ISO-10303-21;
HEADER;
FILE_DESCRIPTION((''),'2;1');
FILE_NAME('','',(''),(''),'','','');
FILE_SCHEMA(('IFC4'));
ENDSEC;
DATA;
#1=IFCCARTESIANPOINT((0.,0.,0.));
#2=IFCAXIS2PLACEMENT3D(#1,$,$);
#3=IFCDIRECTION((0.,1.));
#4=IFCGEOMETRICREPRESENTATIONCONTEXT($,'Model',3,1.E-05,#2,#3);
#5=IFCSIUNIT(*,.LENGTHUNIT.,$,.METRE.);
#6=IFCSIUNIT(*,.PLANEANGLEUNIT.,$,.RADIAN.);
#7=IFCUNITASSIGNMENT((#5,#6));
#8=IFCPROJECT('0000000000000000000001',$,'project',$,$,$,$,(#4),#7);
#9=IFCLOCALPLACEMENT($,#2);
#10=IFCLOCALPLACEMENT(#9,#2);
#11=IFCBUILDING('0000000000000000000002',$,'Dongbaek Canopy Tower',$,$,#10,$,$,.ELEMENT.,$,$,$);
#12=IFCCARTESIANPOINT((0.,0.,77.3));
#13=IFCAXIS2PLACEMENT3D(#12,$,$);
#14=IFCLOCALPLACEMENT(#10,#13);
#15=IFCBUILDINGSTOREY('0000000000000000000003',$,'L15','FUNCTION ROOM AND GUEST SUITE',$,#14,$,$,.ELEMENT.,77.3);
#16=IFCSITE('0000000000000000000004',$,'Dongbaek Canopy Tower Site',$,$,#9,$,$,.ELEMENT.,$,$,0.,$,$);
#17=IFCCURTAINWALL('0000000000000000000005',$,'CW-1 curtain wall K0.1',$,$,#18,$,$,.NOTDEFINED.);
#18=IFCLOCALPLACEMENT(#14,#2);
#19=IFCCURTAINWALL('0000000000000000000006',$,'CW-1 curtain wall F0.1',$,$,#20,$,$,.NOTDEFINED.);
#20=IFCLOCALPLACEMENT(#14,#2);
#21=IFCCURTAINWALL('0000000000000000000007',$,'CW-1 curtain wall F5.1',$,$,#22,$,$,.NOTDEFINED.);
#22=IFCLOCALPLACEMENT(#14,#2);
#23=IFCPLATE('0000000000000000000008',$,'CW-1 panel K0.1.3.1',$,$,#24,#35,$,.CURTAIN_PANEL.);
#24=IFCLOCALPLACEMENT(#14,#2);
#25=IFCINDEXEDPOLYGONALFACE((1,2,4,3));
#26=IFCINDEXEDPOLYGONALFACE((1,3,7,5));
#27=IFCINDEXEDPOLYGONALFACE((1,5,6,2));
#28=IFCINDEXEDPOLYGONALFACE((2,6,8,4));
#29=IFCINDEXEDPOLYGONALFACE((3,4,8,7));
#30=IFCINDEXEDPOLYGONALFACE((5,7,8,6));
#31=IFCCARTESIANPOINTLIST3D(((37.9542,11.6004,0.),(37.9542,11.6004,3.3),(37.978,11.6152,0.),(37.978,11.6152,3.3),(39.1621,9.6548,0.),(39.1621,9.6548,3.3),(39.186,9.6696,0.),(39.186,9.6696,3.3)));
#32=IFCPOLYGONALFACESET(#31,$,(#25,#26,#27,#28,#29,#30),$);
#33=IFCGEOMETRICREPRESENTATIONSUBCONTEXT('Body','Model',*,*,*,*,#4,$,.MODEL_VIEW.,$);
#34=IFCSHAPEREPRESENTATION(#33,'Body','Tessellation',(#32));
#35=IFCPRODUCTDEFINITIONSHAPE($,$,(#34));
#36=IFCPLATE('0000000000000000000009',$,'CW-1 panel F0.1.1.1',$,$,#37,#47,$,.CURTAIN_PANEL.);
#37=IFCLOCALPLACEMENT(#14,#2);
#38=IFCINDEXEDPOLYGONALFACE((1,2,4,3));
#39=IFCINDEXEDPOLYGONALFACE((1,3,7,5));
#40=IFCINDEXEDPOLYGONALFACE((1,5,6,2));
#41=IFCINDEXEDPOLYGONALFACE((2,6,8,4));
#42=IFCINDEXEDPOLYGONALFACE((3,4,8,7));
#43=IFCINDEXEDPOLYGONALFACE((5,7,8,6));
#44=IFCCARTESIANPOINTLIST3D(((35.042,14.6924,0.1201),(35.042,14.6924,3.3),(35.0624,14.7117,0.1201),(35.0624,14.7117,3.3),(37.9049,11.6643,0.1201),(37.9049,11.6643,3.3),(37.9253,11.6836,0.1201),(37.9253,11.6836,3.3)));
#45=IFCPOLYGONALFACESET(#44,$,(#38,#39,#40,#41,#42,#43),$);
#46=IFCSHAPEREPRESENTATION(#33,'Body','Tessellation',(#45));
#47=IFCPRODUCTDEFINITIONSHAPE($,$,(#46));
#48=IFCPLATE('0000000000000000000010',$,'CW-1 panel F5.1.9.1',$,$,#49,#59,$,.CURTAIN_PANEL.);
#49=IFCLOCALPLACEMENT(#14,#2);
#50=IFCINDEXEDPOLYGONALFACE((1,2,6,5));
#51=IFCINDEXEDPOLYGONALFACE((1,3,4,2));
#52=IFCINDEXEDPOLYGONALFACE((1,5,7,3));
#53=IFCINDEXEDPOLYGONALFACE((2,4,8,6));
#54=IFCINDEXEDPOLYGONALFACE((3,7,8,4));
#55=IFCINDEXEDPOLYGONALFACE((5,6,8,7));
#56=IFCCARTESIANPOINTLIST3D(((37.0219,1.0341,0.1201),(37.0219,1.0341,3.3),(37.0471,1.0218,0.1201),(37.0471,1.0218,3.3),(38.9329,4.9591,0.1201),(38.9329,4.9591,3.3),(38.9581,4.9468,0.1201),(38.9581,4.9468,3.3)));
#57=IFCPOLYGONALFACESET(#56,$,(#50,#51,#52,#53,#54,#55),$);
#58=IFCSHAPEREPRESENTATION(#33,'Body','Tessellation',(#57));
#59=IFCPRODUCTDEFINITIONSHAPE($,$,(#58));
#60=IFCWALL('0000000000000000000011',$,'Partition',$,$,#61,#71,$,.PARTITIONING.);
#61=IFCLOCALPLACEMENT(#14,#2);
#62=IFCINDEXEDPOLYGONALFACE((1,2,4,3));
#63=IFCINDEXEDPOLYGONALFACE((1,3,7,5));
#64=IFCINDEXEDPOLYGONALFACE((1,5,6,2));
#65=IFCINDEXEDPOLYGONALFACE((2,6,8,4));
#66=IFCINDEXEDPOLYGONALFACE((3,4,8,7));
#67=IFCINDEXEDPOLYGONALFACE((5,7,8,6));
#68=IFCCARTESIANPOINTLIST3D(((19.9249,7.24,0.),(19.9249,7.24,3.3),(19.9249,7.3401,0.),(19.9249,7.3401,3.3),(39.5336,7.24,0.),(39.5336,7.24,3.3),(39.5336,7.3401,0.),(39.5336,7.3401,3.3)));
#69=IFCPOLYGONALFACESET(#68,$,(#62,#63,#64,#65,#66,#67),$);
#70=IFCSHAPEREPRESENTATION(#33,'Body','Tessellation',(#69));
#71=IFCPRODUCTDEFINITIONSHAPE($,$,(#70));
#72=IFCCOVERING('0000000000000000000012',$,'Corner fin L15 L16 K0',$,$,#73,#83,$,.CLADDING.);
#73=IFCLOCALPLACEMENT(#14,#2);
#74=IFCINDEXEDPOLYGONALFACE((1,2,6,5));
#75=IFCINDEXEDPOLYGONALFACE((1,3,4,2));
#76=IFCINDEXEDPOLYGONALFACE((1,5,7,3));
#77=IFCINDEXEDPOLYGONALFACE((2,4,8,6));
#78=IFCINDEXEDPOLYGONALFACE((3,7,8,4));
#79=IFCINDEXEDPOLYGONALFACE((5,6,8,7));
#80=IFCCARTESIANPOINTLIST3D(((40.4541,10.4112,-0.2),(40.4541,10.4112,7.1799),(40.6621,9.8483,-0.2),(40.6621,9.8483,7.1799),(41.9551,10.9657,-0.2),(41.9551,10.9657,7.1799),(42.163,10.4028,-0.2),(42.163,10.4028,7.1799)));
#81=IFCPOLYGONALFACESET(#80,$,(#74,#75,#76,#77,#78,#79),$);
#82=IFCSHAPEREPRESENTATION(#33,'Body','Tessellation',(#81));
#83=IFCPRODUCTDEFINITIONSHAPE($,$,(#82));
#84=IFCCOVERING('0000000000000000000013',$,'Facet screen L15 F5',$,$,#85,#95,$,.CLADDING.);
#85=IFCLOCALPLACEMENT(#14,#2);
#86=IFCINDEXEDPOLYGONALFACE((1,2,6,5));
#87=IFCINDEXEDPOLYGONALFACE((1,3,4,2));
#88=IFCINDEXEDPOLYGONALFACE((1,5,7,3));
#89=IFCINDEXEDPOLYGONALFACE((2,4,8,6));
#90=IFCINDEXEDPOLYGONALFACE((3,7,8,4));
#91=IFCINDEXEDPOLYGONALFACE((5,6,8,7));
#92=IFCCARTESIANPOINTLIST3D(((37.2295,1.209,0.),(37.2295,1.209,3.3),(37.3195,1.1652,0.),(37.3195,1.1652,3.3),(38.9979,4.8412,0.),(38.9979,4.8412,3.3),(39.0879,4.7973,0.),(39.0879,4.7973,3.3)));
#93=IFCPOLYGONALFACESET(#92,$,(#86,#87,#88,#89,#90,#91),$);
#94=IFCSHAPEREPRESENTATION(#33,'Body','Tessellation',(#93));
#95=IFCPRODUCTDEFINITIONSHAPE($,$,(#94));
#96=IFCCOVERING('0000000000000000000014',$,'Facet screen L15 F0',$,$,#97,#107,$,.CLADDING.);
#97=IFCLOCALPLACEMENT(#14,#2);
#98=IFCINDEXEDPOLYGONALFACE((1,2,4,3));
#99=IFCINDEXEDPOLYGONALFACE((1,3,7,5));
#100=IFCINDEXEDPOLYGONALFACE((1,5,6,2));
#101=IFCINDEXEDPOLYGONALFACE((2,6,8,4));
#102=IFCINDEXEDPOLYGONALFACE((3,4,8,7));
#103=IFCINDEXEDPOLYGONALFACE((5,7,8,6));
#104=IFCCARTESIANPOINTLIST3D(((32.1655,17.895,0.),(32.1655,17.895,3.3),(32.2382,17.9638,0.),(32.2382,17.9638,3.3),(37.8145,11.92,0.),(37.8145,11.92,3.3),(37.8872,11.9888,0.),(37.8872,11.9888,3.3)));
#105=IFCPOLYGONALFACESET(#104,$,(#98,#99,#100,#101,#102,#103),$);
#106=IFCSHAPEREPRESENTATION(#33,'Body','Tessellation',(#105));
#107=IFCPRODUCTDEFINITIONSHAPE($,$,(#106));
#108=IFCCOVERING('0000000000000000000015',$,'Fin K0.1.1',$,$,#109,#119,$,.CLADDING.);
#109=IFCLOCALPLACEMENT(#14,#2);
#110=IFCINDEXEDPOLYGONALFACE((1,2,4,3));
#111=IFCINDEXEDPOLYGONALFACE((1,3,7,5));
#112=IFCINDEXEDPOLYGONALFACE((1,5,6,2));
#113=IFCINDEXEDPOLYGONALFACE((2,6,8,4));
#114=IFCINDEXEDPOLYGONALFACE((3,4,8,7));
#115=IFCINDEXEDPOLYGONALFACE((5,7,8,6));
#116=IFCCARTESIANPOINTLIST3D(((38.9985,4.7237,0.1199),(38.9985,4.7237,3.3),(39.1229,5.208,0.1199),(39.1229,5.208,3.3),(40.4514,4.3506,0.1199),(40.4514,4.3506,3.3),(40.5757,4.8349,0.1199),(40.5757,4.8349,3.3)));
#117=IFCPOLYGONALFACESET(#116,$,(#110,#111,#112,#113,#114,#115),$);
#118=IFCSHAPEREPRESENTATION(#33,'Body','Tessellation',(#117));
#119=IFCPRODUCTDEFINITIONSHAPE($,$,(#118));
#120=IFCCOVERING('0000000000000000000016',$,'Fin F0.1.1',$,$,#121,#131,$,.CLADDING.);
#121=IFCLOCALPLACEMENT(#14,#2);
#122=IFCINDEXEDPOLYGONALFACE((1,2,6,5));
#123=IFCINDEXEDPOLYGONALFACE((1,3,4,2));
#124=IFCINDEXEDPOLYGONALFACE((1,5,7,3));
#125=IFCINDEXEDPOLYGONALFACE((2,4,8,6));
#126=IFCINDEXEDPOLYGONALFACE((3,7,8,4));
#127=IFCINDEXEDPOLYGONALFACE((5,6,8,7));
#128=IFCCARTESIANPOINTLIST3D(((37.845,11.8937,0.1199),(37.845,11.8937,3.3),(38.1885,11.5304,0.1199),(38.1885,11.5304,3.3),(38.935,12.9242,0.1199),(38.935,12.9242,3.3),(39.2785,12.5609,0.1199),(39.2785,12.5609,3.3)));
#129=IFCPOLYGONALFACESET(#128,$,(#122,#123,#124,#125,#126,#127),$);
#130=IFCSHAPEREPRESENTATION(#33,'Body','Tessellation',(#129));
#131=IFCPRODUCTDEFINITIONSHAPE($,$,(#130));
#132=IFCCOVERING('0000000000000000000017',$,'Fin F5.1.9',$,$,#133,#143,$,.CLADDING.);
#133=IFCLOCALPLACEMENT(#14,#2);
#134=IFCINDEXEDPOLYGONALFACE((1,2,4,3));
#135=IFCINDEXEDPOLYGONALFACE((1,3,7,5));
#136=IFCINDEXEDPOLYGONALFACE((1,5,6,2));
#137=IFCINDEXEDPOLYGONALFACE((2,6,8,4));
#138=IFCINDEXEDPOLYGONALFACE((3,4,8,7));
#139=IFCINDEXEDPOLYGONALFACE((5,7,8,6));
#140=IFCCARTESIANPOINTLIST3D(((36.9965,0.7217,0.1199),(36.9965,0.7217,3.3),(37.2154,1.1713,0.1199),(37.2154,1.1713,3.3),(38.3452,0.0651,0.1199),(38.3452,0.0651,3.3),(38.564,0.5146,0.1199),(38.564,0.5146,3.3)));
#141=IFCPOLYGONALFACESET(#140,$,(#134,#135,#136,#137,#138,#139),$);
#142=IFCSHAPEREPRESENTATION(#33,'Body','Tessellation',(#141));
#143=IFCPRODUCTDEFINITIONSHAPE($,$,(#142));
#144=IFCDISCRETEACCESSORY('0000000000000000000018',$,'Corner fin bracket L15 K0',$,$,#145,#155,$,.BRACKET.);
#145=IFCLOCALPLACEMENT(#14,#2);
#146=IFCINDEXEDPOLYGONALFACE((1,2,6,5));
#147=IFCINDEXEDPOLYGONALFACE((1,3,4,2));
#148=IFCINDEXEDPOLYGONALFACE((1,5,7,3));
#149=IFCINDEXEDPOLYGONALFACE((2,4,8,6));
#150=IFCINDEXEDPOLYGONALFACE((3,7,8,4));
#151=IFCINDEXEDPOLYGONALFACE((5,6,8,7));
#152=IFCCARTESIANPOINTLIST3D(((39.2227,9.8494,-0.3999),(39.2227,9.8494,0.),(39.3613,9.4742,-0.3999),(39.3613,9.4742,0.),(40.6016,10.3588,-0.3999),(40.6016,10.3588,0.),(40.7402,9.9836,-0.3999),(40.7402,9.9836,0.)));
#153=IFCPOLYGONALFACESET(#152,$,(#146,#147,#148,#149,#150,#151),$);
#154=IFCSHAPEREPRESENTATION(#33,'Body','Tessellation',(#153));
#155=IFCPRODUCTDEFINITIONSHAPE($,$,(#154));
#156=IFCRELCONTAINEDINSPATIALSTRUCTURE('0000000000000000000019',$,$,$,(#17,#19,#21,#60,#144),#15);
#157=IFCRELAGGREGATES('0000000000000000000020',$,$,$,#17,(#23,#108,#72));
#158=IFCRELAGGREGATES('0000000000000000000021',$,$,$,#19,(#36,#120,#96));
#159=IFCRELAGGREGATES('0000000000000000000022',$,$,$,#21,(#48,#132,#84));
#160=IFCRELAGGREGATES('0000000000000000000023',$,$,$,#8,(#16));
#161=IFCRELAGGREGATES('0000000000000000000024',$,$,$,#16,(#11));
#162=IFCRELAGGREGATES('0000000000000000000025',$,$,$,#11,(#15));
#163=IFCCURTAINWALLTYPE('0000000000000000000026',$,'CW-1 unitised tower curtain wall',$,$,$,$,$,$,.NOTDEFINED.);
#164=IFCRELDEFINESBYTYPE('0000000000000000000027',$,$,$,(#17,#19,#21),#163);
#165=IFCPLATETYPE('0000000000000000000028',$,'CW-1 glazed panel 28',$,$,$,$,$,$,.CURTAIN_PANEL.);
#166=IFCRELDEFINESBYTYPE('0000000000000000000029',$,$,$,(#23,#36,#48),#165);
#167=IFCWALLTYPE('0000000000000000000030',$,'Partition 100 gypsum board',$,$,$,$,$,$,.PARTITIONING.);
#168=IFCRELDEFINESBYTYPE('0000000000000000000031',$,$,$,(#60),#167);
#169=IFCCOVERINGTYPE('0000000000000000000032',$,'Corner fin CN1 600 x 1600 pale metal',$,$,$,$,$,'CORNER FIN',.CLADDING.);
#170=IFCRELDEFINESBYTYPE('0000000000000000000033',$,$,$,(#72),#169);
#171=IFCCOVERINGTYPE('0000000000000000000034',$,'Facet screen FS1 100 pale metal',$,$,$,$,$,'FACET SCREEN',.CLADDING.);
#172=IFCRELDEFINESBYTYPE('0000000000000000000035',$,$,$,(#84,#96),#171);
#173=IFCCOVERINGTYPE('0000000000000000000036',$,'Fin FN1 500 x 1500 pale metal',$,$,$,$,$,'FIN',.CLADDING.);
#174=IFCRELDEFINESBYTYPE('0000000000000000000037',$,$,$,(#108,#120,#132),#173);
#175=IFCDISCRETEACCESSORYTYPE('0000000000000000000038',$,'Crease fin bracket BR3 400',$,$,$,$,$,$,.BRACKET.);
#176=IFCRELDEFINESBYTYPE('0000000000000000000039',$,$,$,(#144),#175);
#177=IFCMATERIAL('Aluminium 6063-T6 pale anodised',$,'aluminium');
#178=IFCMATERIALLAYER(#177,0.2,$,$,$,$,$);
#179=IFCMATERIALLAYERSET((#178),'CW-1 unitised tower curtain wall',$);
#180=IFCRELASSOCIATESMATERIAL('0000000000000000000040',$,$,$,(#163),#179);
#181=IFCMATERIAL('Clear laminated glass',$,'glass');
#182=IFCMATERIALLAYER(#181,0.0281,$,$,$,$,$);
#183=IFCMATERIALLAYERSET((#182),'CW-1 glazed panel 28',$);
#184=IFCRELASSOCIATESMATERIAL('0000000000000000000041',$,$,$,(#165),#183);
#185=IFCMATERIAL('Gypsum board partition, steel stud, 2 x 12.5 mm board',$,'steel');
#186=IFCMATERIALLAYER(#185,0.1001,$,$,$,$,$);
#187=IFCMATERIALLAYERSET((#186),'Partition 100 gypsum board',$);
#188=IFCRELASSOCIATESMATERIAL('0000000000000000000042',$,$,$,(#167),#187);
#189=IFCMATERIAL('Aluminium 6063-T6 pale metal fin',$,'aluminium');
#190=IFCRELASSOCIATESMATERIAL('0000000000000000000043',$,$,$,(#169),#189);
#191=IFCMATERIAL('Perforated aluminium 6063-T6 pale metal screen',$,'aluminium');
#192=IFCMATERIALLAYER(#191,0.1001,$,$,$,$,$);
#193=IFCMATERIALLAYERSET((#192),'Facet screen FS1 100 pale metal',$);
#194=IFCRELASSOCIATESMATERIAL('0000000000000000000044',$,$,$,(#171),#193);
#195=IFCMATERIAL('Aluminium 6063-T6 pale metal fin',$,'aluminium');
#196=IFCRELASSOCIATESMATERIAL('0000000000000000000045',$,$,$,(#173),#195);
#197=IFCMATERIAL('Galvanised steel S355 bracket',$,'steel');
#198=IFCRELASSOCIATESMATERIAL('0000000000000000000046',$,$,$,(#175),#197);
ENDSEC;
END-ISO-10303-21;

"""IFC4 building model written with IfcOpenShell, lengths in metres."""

from ifc_helpers import new_model, si_unit, direction, frame, frame_2d, origin, origin_2d, place, context, subcontext, project, spatial, rectangle, extrude, material, layer, layer_set, material_profile, profile_set, type_object, element, aggregate, save


model = new_model("IFC4")

# Units and contexts
model_context = context("Model", 3, precision=1e-05, world=origin(), true_north=direction((0.0, 1.0)))
body_context = subcontext(model_context, "Body", "Model", "MODEL_VIEW")
ifc_project = project(units=[si_unit("LENGTHUNIT", "METRE"), si_unit("PLANEANGLEUNIT", "RADIAN")], contexts=[model_context])

# Site, building, storey
site_placement = place(None, origin())
site = spatial("IfcSite", under=ifc_project, at=site_placement, Name="Dongbaek Canopy Tower Site", CompositionType="ELEMENT", RefElevation=0.0)
building_placement = place(site_placement, origin())
building = spatial("IfcBuilding", under=site, at=building_placement, Name="Dongbaek Canopy Tower", CompositionType="ELEMENT")
storey_placement = place(building_placement, frame((0.0, 0.0, 77.3)))
storey = spatial("IfcBuildingStorey", under=building, at=storey_placement, Name="L15", Description="FUNCTION ROOM AND GUEST SUITE", CompositionType="ELEMENT", Elevation=77.3)

# Curtain wall
ifc_material_1 = material(Name="Aluminium 6063-T6 pale anodised", Category="aluminium")
ifc_layer_1 = layer(ifc_material_1, 0.2)
ifc_layer_set_1 = layer_set([ifc_layer_1], Name="CW-1 unitised tower curtain wall")
curtain_wall_type = type_object("IfcCurtainWallType", Name="CW-1 unitised tower curtain wall", PredefinedType="NOTDEFINED", material=ifc_layer_set_1)
curtain_wall_1_placement = place(storey_placement, origin())
curtain_wall_1 = element("IfcCurtainWall", 1, at=curtain_wall_1_placement, inside=storey, type_object=curtain_wall_type, Name="CW-1 curtain wall K0.1", PredefinedType="NOTDEFINED")

# Curtain walls
curtain_wall_2_placement = place(storey_placement, origin())
curtain_wall_2 = element("IfcCurtainWall", 2, at=curtain_wall_2_placement, inside=storey, type_object=curtain_wall_type, Name="CW-1 curtain wall F0.1", PredefinedType="NOTDEFINED")
curtain_wall_3_placement = place(storey_placement, origin())
curtain_wall_3 = element("IfcCurtainWall", 3, at=curtain_wall_3_placement, inside=storey, type_object=curtain_wall_type, Name="CW-1 curtain wall F5.1", PredefinedType="NOTDEFINED")

# Plates
ifc_material_2 = material(Name="Clear laminated glass", Category="glass")
ifc_layer_2 = layer(ifc_material_2, 0.0281)
ifc_layer_set_2 = layer_set([ifc_layer_2], Name="CW-1 glazed panel 28")
plate_type = type_object("IfcPlateType", Name="CW-1 glazed panel 28", PredefinedType="CURTAIN_PANEL", material=ifc_layer_set_2)
plate_1_placement = place(storey_placement, frame((38.5701, 10.635, 0.0), z_axis=(0.0, 0.0, 1.0), x_axis=(-0.527466, 0.849576, 0.0)))
plate_1 = element("IfcPlate", 4, at=plate_1_placement, type_object=plate_type, Name="CW-1 panel K0.1.3.1", PredefinedType="CURTAIN_PANEL", context=body_context, shape_type="SweptSolid", body=[
    extrude(rectangle(XDim=2.29, YDim=0.0281, at=origin_2d()), origin(), (0.0, 0.0, 1.0), 3.3),
])
plate_2_placement = place(storey_placement, frame((36.4836, 13.188, 0.1201), z_axis=(0.0, 0.0, 1.0), x_axis=(-0.687005, 0.726653, 0.0)))
plate_2 = element("IfcPlate", 5, at=plate_2_placement, type_object=plate_type, Name="CW-1 panel F0.1.1.1", PredefinedType="CURTAIN_PANEL", context=body_context, shape_type="SweptSolid", body=[
    extrude(rectangle(XDim=4.1672, YDim=0.0281, at=origin_2d()), origin(), (0.0, 0.0, 1.0), 3.1799),
])
plate_3_placement = place(storey_placement, frame((37.99, 2.9905, 0.1201), z_axis=(0.0, 0.0, 1.0), x_axis=(0.437759, 0.899092, 0.0)))
plate_3 = element("IfcPlate", 6, at=plate_3_placement, type_object=plate_type, Name="CW-1 panel F5.1.9.1", PredefinedType="CURTAIN_PANEL", context=body_context, shape_type="SweptSolid", body=[
    extrude(rectangle(XDim=4.3655, YDim=0.0281, at=origin_2d()), origin(), (0.0, 0.0, 1.0), 3.1799),
])

# Wall
ifc_material_3 = material(Name="Gypsum board partition, steel stud, 2 x 12.5 mm board", Category="steel")
ifc_layer_3 = layer(ifc_material_3, 0.1001)
ifc_layer_set_3 = layer_set([ifc_layer_3], Name="Partition 100 gypsum board")
wall_type = type_object("IfcWallType", Name="Partition 100 gypsum board", PredefinedType="PARTITIONING", material=ifc_layer_set_3)
wall_placement = place(storey_placement, frame((19.925, 7.29, 0.0), z_axis=(0.0, 0.0, 1.0), x_axis=(1.0, 0.0, 0.0)))
element("IfcWall", 7, at=wall_placement, inside=storey, type_object=wall_type, Name="Partition", PredefinedType="PARTITIONING", context=body_context, shape_type="SweptSolid", body=[
    extrude(rectangle(XDim=19.6086, YDim=0.1001, at=frame_2d((9.8042, 0.0))), origin(), (0.0, 0.0, 1.0), 3.3),
])

# Coverings
ifc_material_4 = material(Name="Aluminium 6063-T6 pale metal fin", Category="aluminium")
ifc_material_profile_1 = material_profile(ifc_material_4, rectangle(XDim=1.6001, YDim=0.6001, at=origin_2d()), Name="Corner fin CN1 600 x 1600 pale metal")
ifc_profile_set_1 = profile_set([ifc_material_profile_1], Name="Aluminium 6063-T6 pale metal fin")
covering_type_1 = type_object("IfcCoveringType", Name="Corner fin CN1 600 x 1600 pale metal", ElementType="CORNER FIN", PredefinedType="CLADDING", material=ifc_profile_set_1)
covering_1_placement = place(storey_placement, frame((41.3086, 10.407, -0.2), z_axis=(0.0, 0.0, 1.0), x_axis=(0.938038, 0.346531, 0.0)))
covering_1 = element("IfcCovering", 8, at=covering_1_placement, type_object=covering_type_1, Name="Corner fin L15 L16 K0", PredefinedType="CLADDING", context=body_context, shape_type="SweptSolid", body=[
    extrude(rectangle(XDim=1.6001, YDim=0.6001, at=origin_2d()), origin(), (0.0, 0.0, 1.0), 7.3799),
])
ifc_material_5 = material(Name="Perforated aluminium 6063-T6 pale metal screen", Category="aluminium")
ifc_layer_4 = layer(ifc_material_5, 0.1001)
ifc_layer_set_4 = layer_set([ifc_layer_4], Name="Facet screen FS1 100 pale metal")
covering_type_2 = type_object("IfcCoveringType", Name="Facet screen FS1 100 pale metal", ElementType="FACET SCREEN", PredefinedType="CLADDING", material=ifc_layer_set_4)
covering_2_placement = place(storey_placement, frame((38.1587, 3.0032, 0.0), z_axis=(0.0, 0.0, 1.0), x_axis=(0.437759, 0.899092, 0.0)))
covering_2 = element("IfcCovering", 9, at=covering_2_placement, type_object=covering_type_2, Name="Facet screen L15 F5", PredefinedType="CLADDING", context=body_context, shape_type="SweptSolid", body=[
    extrude(rectangle(XDim=4.0398, YDim=0.1001, at=origin_2d()), origin(), (0.0, 0.0, 1.0), 3.3),
])
covering_3_placement = place(storey_placement, frame((35.0264, 14.9419, 0.0), z_axis=(0.0, 0.0, 1.0), x_axis=(-0.687005, 0.726653, 0.0)))
covering_3 = element("IfcCovering", 10, at=covering_3_placement, type_object=covering_type_2, Name="Facet screen L15 F0", PredefinedType="CLADDING", context=body_context, shape_type="SweptSolid", body=[
    extrude(rectangle(XDim=8.2227, YDim=0.1001, at=origin_2d()), origin(), (0.0, 0.0, 1.0), 3.3),
])
ifc_material_6 = material(Name="Aluminium 6063-T6 pale metal fin", Category="aluminium")
ifc_material_profile_2 = material_profile(ifc_material_6, rectangle(XDim=1.5, YDim=0.5, at=origin_2d()), Name="Fin FN1 500 x 1500 pale metal")
ifc_profile_set_2 = profile_set([ifc_material_profile_2], Name="Aluminium 6063-T6 pale metal fin")
covering_type_3 = type_object("IfcCoveringType", Name="Fin FN1 500 x 1500 pale metal", ElementType="FIN", PredefinedType="CLADDING", material=ifc_profile_set_2)
covering_4_placement = place(storey_placement, frame((39.7871, 4.7793, 0.1199), z_axis=(0.0, 0.0, 1.0), x_axis=(0.968575, -0.248722, 0.0)))
covering_4 = element("IfcCovering", 11, at=covering_4_placement, type_object=covering_type_3, Name="Fin K0.1.1", PredefinedType="CLADDING", context=body_context, shape_type="SweptSolid", body=[
    extrude(rectangle(XDim=1.5, YDim=0.5, at=origin_2d()), origin(), (0.0, 0.0, 1.0), 3.1802),
])
aggregate(curtain_wall_1, [plate_1, covering_4, covering_1])
covering_5_placement = place(storey_placement, frame((38.5618, 12.2273, 0.1199), z_axis=(0.0, 0.0, 1.0), x_axis=(0.726653, 0.687005, 0.0)))
covering_5 = element("IfcCovering", 12, at=covering_5_placement, type_object=covering_type_3, Name="Fin F0.1.1", PredefinedType="CLADDING", context=body_context, shape_type="SweptSolid", body=[
    extrude(rectangle(XDim=1.5, YDim=0.5, at=origin_2d()), origin(), (0.0, 0.0, 1.0), 3.1802),
])
aggregate(curtain_wall_2, [plate_2, covering_5, covering_3])
covering_6_placement = place(storey_placement, frame((37.7803, 0.6182, 0.1199), z_axis=(0.0, 0.0, 1.0), x_axis=(0.899092, -0.437759, 0.0)))
covering_6 = element("IfcCovering", 13, at=covering_6_placement, type_object=covering_type_3, Name="Fin F5.1.9", PredefinedType="CLADDING", context=body_context, shape_type="SweptSolid", body=[
    extrude(rectangle(XDim=1.5, YDim=0.5, at=origin_2d()), origin(), (0.0, 0.0, 1.0), 3.1802),
])
aggregate(curtain_wall_3, [plate_3, covering_6, covering_2])

# Discrete accessory
ifc_material_7 = material(Name="Galvanised steel S355 bracket", Category="steel")
discrete_accessory_type = type_object("IfcDiscreteAccessoryType", Name="Crease fin bracket BR3 400", PredefinedType="BRACKET", material=ifc_material_7)
discrete_accessory_placement = place(storey_placement, frame((39.9814, 9.9165, -0.3999), z_axis=(0.0, 0.0, 1.0), x_axis=(0.938038, 0.346531, 0.0)))
element("IfcDiscreteAccessory", 14, at=discrete_accessory_placement, inside=storey, type_object=discrete_accessory_type, Name="Corner fin bracket L15 K0", PredefinedType="BRACKET", context=body_context, shape_type="SweptSolid", body=[
    extrude(rectangle(XDim=1.47, YDim=0.3999, at=origin_2d()), origin(), (0.0, 0.0, 1.0), 0.3999),
])

save(model, "model.ifc")
